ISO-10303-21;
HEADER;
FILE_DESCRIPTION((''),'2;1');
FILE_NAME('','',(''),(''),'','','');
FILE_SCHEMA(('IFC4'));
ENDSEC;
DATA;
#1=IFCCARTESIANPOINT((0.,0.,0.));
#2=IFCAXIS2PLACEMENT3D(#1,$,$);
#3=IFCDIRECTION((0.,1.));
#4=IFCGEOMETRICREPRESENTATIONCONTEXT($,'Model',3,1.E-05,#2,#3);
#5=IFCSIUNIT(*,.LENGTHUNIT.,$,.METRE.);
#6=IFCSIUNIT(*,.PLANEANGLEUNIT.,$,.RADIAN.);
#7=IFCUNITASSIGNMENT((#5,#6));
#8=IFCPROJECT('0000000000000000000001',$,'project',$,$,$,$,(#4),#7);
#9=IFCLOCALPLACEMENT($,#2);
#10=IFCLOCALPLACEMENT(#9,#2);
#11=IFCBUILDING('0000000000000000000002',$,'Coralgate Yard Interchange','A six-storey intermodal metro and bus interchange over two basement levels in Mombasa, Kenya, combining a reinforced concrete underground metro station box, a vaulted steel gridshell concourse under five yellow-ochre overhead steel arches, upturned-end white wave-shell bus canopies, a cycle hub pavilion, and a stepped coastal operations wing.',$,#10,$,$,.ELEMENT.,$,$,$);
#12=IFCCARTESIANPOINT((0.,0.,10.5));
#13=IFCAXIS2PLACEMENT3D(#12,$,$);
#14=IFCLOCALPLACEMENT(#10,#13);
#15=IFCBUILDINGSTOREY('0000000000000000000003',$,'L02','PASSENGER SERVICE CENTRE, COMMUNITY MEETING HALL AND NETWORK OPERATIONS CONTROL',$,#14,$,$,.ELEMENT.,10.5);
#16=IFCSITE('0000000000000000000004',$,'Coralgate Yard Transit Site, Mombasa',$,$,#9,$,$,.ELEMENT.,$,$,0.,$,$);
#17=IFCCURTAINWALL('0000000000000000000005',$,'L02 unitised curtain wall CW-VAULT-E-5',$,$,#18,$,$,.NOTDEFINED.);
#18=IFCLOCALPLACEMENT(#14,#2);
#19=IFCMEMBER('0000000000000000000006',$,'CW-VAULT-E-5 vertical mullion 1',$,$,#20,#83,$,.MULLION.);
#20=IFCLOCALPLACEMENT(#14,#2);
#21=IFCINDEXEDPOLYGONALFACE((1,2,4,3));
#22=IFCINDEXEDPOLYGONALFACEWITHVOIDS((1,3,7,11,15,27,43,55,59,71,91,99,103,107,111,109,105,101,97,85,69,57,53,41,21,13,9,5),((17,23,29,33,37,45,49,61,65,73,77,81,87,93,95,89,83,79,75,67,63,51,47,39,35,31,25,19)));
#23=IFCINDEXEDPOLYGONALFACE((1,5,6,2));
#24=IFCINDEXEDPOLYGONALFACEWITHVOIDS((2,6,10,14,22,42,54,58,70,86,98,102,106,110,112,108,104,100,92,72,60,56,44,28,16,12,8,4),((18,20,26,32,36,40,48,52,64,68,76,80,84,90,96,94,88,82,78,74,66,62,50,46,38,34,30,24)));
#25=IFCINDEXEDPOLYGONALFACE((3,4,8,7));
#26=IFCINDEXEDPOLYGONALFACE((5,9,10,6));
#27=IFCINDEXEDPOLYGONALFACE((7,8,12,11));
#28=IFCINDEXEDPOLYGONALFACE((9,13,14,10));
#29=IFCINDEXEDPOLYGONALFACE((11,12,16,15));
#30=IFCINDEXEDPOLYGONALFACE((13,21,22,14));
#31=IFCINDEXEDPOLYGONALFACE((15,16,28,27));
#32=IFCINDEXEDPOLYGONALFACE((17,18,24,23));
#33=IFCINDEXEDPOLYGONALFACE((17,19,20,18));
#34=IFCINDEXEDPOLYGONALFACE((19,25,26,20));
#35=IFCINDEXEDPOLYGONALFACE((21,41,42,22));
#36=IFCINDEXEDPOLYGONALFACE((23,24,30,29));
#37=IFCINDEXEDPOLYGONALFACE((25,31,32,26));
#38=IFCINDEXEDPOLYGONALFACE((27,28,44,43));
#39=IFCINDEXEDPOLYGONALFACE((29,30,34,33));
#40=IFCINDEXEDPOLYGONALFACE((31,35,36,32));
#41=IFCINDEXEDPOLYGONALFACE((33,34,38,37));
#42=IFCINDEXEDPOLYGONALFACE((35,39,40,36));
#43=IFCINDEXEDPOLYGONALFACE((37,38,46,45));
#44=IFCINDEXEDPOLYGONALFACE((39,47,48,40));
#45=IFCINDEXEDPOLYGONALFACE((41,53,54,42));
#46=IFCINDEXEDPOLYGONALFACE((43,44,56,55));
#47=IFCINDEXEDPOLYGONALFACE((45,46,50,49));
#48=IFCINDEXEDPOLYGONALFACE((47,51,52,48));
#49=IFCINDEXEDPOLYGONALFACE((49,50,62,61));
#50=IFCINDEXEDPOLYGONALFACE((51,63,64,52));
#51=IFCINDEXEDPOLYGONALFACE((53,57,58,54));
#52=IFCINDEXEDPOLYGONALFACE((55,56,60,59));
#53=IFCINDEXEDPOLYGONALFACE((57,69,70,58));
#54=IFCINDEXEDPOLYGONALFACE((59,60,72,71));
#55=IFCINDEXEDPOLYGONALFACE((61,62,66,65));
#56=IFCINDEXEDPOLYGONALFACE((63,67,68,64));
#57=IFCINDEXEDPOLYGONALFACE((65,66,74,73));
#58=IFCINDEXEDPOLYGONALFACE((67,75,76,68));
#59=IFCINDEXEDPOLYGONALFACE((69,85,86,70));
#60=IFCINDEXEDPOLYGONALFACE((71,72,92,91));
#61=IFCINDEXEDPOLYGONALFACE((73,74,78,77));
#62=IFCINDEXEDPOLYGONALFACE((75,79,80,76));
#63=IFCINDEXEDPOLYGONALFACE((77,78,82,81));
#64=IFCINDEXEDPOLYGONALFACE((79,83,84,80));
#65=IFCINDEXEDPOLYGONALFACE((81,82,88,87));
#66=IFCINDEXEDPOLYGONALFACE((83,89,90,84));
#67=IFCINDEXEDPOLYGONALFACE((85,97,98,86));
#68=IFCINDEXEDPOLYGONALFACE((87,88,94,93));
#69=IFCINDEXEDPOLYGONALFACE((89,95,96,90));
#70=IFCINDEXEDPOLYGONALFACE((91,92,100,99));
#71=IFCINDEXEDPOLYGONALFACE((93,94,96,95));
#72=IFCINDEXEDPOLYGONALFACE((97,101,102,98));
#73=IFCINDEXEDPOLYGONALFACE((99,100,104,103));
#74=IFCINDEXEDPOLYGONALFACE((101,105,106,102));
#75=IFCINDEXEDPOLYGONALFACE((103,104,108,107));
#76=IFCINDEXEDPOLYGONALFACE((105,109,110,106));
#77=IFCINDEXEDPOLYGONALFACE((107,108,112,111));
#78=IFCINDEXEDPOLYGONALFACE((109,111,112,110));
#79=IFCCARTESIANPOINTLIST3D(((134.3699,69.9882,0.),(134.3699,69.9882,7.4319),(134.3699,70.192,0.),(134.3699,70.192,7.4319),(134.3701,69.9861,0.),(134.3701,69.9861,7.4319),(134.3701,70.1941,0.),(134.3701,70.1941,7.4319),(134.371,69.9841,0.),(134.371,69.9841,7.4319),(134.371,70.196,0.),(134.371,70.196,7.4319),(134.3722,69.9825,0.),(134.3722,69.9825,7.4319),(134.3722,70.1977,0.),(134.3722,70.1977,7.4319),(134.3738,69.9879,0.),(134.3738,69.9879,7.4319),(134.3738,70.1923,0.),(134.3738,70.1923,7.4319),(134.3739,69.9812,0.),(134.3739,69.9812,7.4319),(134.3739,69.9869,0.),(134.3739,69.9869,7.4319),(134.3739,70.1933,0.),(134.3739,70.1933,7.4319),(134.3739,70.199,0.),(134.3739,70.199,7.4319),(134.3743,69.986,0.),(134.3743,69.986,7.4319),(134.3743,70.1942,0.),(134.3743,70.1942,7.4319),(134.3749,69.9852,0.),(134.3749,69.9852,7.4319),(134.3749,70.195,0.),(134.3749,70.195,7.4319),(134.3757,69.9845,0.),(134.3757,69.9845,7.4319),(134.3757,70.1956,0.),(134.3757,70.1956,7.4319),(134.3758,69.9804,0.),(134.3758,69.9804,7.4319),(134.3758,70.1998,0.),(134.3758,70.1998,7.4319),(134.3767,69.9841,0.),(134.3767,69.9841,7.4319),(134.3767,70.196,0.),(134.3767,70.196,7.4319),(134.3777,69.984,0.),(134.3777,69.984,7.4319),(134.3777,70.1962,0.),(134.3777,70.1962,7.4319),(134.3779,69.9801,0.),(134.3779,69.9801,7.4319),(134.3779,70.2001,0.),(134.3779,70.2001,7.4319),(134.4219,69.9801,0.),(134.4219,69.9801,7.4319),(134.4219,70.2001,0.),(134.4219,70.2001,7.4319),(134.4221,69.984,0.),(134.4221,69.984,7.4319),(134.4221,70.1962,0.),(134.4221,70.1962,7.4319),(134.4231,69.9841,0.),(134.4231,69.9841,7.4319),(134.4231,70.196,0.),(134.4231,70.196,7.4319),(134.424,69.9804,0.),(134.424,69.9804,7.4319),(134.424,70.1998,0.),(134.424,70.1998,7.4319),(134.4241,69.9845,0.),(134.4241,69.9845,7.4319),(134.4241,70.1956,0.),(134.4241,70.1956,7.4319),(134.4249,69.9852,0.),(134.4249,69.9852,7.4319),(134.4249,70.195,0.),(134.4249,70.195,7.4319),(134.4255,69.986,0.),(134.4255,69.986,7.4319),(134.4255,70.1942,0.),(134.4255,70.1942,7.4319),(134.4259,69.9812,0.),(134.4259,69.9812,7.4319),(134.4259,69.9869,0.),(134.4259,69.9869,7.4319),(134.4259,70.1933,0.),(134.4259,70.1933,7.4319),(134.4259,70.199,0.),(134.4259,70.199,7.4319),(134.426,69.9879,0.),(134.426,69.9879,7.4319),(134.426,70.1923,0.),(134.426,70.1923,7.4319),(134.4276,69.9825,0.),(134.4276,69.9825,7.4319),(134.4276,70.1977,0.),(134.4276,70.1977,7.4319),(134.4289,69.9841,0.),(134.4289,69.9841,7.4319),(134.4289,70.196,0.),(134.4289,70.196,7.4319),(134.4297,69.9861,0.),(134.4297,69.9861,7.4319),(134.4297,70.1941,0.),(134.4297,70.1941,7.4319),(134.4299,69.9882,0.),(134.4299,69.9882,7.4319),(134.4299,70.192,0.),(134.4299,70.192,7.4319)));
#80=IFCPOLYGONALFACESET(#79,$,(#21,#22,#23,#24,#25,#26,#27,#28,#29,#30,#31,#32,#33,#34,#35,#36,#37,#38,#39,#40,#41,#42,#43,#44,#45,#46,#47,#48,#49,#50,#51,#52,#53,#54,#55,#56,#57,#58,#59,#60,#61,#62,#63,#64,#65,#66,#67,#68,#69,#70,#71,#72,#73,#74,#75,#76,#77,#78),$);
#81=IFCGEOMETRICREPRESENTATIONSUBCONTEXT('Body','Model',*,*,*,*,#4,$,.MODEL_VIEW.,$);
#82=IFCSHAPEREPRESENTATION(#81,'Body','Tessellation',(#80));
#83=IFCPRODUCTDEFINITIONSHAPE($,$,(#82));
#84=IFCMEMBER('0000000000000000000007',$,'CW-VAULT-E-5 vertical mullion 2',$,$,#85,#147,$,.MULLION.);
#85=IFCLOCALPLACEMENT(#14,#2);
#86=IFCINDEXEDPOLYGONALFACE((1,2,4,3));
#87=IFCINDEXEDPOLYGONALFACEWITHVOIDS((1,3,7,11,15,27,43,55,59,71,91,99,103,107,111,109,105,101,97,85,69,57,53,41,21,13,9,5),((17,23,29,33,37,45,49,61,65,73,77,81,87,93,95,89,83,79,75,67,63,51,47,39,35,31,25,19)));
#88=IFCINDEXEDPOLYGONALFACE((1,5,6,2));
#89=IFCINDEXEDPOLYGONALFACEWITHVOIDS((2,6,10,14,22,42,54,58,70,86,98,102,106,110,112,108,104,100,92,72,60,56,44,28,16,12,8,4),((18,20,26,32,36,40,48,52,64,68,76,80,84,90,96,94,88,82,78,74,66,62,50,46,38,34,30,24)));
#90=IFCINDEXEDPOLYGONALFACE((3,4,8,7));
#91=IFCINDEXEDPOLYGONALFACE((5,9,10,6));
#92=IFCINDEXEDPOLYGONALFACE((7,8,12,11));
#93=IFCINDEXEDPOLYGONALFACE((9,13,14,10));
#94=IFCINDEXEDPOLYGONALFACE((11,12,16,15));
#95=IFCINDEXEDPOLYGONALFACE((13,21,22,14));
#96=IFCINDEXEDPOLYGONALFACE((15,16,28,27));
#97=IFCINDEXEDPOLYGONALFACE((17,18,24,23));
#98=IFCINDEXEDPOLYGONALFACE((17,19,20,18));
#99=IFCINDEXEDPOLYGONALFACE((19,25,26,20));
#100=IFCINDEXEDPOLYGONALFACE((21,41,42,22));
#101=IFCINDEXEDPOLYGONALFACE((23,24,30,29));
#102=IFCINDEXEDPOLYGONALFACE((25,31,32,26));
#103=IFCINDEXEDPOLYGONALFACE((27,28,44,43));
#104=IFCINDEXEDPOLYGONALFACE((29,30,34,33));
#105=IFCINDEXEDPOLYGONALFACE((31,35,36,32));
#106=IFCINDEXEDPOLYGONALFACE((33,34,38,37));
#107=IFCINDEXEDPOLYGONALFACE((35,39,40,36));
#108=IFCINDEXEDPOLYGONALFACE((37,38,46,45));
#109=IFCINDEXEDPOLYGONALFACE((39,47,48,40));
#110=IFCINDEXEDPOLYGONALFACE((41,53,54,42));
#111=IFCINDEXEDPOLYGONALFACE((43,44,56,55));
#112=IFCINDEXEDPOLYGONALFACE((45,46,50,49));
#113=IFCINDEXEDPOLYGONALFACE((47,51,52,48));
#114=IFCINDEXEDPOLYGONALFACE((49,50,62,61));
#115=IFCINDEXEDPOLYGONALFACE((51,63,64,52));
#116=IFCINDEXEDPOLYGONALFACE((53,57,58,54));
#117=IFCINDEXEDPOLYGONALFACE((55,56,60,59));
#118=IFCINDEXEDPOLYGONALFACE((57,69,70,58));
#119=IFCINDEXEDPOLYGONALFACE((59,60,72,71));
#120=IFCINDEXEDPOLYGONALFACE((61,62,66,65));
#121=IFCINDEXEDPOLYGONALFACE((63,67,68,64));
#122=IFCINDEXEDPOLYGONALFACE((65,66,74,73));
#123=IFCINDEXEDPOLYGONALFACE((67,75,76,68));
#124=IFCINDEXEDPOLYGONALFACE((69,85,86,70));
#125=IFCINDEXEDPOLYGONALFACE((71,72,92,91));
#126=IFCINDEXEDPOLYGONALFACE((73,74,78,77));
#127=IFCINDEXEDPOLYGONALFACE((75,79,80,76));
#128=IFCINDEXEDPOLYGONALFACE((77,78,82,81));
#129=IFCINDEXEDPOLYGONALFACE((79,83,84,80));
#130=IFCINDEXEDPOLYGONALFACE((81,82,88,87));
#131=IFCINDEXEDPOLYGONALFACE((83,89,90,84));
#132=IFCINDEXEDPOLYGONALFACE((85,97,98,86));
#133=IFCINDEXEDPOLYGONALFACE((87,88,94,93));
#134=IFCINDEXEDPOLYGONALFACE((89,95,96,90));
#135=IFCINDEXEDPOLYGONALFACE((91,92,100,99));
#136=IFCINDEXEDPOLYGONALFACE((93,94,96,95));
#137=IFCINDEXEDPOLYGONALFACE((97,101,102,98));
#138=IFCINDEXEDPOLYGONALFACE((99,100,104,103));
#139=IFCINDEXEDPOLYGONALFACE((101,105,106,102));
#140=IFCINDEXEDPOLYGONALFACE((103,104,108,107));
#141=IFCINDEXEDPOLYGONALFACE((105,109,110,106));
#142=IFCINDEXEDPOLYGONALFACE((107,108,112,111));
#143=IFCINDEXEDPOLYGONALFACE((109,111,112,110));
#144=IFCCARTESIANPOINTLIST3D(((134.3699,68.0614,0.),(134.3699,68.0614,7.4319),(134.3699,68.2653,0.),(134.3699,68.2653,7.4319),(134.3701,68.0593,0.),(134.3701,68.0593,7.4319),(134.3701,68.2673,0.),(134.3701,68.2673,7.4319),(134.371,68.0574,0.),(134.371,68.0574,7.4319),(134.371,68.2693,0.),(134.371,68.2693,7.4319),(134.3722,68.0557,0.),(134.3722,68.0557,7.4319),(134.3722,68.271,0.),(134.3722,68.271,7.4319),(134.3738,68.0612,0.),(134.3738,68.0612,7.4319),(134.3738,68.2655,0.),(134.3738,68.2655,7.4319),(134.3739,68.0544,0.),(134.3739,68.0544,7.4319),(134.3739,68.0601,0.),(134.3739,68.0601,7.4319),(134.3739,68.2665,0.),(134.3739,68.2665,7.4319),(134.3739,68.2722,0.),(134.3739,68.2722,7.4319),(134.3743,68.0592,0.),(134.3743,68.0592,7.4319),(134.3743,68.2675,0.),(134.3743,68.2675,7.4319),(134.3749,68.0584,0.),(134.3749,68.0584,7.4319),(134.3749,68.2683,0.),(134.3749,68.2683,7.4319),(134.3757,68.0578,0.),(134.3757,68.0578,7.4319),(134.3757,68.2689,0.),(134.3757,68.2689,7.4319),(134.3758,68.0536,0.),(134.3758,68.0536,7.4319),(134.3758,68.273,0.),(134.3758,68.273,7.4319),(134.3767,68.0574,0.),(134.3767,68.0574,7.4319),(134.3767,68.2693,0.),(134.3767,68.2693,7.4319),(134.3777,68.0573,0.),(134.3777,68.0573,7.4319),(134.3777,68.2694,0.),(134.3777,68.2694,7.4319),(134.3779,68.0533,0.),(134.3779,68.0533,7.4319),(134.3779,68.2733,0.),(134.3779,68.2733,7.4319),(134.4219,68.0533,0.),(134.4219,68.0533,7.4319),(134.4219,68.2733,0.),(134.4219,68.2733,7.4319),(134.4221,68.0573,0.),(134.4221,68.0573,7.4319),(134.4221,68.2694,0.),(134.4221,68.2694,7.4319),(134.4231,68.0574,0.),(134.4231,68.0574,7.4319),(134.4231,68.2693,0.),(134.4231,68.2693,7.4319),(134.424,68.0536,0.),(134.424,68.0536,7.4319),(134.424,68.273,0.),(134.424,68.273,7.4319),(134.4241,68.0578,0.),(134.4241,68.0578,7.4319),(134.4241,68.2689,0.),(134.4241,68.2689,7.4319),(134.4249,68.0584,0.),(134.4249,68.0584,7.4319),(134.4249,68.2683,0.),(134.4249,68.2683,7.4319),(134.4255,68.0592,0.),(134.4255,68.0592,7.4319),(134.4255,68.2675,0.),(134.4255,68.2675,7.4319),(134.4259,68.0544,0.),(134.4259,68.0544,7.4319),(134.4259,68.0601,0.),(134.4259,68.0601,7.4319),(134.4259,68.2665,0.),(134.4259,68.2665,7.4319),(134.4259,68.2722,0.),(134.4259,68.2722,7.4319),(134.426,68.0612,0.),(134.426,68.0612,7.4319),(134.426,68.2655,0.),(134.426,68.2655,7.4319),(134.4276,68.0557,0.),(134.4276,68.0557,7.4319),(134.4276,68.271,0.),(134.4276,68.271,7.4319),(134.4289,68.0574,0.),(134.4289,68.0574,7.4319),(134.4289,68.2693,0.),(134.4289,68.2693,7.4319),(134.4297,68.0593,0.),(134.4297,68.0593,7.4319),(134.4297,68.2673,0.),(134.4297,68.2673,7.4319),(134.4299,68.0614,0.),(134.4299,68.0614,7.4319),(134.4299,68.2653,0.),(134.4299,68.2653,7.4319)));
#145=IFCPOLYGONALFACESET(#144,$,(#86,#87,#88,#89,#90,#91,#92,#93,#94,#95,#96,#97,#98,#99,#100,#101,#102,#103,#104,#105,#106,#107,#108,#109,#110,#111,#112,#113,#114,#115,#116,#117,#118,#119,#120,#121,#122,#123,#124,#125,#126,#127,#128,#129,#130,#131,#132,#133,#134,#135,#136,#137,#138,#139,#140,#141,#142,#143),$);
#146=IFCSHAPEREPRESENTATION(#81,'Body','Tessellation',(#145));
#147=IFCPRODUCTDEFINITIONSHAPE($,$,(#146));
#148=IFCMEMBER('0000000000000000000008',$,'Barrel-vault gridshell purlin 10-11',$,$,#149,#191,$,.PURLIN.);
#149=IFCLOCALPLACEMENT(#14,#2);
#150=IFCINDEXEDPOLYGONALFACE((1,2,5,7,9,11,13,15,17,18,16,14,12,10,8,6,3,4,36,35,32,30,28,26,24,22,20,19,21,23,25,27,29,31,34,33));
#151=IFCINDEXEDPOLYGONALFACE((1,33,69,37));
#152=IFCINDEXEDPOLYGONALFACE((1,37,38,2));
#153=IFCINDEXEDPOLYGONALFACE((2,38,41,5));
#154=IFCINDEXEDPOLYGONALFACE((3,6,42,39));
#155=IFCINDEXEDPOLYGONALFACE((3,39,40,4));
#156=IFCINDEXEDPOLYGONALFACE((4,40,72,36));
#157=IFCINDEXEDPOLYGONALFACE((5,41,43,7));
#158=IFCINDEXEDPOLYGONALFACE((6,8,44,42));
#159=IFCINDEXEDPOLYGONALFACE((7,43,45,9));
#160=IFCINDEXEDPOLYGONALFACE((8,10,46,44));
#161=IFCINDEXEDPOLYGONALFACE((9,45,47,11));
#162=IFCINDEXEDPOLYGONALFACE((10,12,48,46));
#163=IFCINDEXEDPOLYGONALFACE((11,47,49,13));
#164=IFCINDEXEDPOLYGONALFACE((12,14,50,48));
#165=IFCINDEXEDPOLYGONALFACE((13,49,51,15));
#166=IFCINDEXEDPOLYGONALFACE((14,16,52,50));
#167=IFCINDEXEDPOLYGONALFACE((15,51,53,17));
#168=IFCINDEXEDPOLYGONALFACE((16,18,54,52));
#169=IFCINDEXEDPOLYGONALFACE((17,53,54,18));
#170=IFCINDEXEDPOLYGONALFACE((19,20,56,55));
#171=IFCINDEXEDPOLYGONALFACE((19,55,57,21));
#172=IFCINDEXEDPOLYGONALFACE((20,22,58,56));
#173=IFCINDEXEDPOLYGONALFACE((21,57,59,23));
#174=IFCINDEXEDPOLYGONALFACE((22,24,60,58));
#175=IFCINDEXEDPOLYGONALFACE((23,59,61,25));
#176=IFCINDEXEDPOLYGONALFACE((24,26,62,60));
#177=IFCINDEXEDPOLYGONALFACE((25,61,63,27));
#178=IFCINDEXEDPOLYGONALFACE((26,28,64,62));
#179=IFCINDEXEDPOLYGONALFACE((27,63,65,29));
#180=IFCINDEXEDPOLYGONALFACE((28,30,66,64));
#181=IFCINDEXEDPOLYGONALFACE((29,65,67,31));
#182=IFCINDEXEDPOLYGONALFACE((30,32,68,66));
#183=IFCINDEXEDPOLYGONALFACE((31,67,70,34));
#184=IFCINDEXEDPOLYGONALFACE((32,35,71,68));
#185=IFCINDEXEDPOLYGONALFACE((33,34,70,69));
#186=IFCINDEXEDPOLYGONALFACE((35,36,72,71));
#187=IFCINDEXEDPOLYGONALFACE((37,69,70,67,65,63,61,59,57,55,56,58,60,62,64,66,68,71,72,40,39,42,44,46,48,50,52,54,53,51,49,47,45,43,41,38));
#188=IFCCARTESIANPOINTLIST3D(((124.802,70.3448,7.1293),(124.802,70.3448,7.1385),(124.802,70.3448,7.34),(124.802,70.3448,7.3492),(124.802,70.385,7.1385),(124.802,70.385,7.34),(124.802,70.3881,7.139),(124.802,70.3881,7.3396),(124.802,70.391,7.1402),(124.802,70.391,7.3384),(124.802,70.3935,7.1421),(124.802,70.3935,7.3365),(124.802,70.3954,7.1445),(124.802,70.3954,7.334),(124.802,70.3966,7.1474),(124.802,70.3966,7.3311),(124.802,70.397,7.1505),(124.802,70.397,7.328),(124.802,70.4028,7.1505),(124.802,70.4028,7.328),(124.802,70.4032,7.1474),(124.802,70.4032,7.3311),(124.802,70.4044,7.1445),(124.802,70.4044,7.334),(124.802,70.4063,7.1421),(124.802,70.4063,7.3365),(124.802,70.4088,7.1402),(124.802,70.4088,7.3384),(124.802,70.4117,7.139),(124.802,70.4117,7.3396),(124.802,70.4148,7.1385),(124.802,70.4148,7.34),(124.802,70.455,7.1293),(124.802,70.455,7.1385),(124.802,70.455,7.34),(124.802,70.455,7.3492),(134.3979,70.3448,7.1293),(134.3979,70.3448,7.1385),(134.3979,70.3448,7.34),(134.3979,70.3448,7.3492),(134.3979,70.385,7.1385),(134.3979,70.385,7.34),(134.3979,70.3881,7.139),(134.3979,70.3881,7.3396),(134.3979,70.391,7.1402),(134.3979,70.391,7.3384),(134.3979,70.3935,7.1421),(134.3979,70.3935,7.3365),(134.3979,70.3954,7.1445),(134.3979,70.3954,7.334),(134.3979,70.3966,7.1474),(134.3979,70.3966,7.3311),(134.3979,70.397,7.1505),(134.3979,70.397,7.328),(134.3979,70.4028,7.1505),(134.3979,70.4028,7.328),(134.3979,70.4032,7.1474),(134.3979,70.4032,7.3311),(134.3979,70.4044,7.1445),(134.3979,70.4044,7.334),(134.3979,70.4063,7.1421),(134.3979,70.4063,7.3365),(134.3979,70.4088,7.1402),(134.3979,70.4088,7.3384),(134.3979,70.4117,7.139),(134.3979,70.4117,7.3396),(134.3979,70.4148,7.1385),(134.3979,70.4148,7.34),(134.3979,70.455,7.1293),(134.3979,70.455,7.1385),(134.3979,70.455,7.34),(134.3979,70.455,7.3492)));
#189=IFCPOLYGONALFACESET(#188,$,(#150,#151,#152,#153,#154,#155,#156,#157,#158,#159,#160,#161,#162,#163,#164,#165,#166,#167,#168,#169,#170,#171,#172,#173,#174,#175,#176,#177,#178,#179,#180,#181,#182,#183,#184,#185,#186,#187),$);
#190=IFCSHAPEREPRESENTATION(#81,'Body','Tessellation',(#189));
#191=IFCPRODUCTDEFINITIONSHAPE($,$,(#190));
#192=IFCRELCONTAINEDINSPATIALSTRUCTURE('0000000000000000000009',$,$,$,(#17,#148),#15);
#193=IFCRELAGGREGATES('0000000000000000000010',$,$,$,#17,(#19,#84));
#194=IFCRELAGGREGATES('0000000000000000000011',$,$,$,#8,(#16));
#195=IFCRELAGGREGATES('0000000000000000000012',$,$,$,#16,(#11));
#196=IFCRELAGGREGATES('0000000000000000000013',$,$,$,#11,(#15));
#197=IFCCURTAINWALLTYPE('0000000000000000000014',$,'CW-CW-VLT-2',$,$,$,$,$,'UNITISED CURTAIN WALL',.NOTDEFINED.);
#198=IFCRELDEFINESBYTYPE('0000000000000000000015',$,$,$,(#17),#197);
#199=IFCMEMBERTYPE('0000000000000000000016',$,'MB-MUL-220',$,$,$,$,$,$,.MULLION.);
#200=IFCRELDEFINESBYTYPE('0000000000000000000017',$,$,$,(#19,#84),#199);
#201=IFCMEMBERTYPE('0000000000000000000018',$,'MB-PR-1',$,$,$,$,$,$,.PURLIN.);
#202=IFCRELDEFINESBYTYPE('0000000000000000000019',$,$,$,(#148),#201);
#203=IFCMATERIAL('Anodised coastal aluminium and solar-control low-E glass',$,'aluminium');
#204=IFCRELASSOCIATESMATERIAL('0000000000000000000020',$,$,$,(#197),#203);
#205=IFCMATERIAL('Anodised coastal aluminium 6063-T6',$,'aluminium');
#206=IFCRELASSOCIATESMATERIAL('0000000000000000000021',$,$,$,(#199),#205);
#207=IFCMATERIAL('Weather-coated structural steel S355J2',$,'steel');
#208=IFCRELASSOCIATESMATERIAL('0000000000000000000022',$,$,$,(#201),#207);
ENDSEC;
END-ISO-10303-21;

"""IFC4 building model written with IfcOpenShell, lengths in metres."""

from ifc_helpers import new_model, si_unit, direction, frame, origin, origin_2d, place, context, subcontext, project, spatial, hollow_rectangle, i_section, extrude, material, material_profile, profile_set, type_object, element, aggregate, save


model = new_model("IFC4")

# Units and contexts
model_context = context("Model", 3, precision=1e-05, world=origin(), true_north=direction((0.0, 1.0)))
body_context = subcontext(model_context, "Body", "Model", "MODEL_VIEW")
ifc_project = project(units=[si_unit("LENGTHUNIT", "METRE"), si_unit("PLANEANGLEUNIT", "RADIAN")], contexts=[model_context])

# Site, building, storey
site_placement = place(None, origin())
site = spatial("IfcSite", under=ifc_project, at=site_placement, Name="Coralgate Yard Transit Site, Mombasa", CompositionType="ELEMENT", RefElevation=0.0)
building_placement = place(site_placement, origin())
building = spatial("IfcBuilding", under=site, at=building_placement, Name="Coralgate Yard Interchange", Description="A six-storey intermodal metro and bus interchange over two basement levels in Mombasa, Kenya, combining a reinforced concrete underground metro station box, a vaulted steel gridshell concourse under five yellow-ochre overhead steel arches, upturned-end white wave-shell bus canopies, a cycle hub pavilion, and a stepped coastal operations wing.", CompositionType="ELEMENT")
storey_placement = place(building_placement, frame((0.0, 0.0, 10.5)))
storey = spatial("IfcBuildingStorey", under=building, at=storey_placement, Name="L02", Description="PASSENGER SERVICE CENTRE, COMMUNITY MEETING HALL AND NETWORK OPERATIONS CONTROL", CompositionType="ELEMENT", Elevation=10.5)

# Shared definitions
ifc_material_1 = material(Name="Weather-coated structural steel S355J2", Category="steel")

# Curtain wall, members
ifc_material_2 = material(Name="Anodised coastal aluminium and solar-control low-E glass", Category="aluminium")
curtain_wall_type = type_object("IfcCurtainWallType", Name="CW-CW-VLT-2", ElementType="UNITISED CURTAIN WALL", PredefinedType="NOTDEFINED", material=ifc_material_2)
curtain_wall_placement = place(storey_placement, origin())
curtain_wall = element("IfcCurtainWall", 1, at=curtain_wall_placement, inside=storey, type_object=curtain_wall_type, Name="L02 unitised curtain wall CW-VAULT-E-5", PredefinedType="NOTDEFINED")
ifc_material_3 = material(Name="Anodised coastal aluminium 6063-T6", Category="aluminium")
ifc_material_profile_1 = material_profile(ifc_material_3, hollow_rectangle(XDim=0.0601, YDim=0.22, WallThickness=0.0039, InnerFilletRadius=0.0039, OuterFilletRadius=0.0081, at=origin_2d()), Name="ALU 60x220x4")
ifc_profile_set_1 = profile_set([ifc_material_profile_1], Name="Anodised coastal aluminium 6063-T6")
member_type_1 = type_object("IfcMemberType", Name="MB-MUL-220", PredefinedType="MULLION", material=ifc_profile_set_1)
member_1_placement = place(storey_placement, frame((134.3999, 70.0901, 0.0), z_axis=(0.0, 0.0, 1.0), x_axis=(1.0, 0.0, 0.0)))
member_1 = element("IfcMember", 2, at=member_1_placement, type_object=member_type_1, Name="CW-VAULT-E-5 vertical mullion 1", PredefinedType="MULLION", context=body_context, shape_type="SweptSolid", body=[
    extrude(hollow_rectangle(XDim=0.0601, YDim=0.22, WallThickness=0.0039, InnerFilletRadius=0.0039, OuterFilletRadius=0.0081, at=origin_2d()), origin(), (0.0, 0.0, 1.0), 7.4319),
])
member_2_placement = place(storey_placement, frame((134.3999, 68.1633, 0.0), z_axis=(0.0, 0.0, 1.0), x_axis=(1.0, 0.0, 0.0)))
member_2 = element("IfcMember", 3, at=member_2_placement, type_object=member_type_1, Name="CW-VAULT-E-5 vertical mullion 2", PredefinedType="MULLION", context=body_context, shape_type="SweptSolid", body=[
    extrude(hollow_rectangle(XDim=0.0601, YDim=0.22, WallThickness=0.0039, InnerFilletRadius=0.0039, OuterFilletRadius=0.0081, at=origin_2d()), origin(), (0.0, 0.0, 1.0), 7.4319),
])

# Member
ifc_material_profile_2 = material_profile(ifc_material_1, i_section(OverallWidth=0.1101, OverallDepth=0.22, WebThickness=0.0059, FlangeThickness=0.0093, FilletRadius=0.012, at=origin_2d()), Name="IPE 220")
ifc_profile_set_2 = profile_set([ifc_material_profile_2], Name="Weather-coated structural steel S355J2")
member_type_2 = type_object("IfcMemberType", Name="MB-PR-1", PredefinedType="PURLIN", material=ifc_profile_set_2)
member_3_placement = place(storey_placement, frame((124.802, 70.3999, 7.2393), z_axis=(1.0, 0.0, 0.0), x_axis=(0.0, 1.0, 0.0)))
element("IfcMember", 4, at=member_3_placement, inside=storey, type_object=member_type_2, Name="Barrel-vault gridshell purlin 10-11", PredefinedType="PURLIN", context=body_context, shape_type="SweptSolid", body=[
    extrude(i_section(OverallWidth=0.1101, OverallDepth=0.22, WebThickness=0.0059, FlangeThickness=0.0093, FilletRadius=0.012, at=origin_2d()), origin(), (0.0, 0.0, 1.0), 9.5959),
])

aggregate(curtain_wall, [member_1, member_2])

save(model, "model.ifc")
